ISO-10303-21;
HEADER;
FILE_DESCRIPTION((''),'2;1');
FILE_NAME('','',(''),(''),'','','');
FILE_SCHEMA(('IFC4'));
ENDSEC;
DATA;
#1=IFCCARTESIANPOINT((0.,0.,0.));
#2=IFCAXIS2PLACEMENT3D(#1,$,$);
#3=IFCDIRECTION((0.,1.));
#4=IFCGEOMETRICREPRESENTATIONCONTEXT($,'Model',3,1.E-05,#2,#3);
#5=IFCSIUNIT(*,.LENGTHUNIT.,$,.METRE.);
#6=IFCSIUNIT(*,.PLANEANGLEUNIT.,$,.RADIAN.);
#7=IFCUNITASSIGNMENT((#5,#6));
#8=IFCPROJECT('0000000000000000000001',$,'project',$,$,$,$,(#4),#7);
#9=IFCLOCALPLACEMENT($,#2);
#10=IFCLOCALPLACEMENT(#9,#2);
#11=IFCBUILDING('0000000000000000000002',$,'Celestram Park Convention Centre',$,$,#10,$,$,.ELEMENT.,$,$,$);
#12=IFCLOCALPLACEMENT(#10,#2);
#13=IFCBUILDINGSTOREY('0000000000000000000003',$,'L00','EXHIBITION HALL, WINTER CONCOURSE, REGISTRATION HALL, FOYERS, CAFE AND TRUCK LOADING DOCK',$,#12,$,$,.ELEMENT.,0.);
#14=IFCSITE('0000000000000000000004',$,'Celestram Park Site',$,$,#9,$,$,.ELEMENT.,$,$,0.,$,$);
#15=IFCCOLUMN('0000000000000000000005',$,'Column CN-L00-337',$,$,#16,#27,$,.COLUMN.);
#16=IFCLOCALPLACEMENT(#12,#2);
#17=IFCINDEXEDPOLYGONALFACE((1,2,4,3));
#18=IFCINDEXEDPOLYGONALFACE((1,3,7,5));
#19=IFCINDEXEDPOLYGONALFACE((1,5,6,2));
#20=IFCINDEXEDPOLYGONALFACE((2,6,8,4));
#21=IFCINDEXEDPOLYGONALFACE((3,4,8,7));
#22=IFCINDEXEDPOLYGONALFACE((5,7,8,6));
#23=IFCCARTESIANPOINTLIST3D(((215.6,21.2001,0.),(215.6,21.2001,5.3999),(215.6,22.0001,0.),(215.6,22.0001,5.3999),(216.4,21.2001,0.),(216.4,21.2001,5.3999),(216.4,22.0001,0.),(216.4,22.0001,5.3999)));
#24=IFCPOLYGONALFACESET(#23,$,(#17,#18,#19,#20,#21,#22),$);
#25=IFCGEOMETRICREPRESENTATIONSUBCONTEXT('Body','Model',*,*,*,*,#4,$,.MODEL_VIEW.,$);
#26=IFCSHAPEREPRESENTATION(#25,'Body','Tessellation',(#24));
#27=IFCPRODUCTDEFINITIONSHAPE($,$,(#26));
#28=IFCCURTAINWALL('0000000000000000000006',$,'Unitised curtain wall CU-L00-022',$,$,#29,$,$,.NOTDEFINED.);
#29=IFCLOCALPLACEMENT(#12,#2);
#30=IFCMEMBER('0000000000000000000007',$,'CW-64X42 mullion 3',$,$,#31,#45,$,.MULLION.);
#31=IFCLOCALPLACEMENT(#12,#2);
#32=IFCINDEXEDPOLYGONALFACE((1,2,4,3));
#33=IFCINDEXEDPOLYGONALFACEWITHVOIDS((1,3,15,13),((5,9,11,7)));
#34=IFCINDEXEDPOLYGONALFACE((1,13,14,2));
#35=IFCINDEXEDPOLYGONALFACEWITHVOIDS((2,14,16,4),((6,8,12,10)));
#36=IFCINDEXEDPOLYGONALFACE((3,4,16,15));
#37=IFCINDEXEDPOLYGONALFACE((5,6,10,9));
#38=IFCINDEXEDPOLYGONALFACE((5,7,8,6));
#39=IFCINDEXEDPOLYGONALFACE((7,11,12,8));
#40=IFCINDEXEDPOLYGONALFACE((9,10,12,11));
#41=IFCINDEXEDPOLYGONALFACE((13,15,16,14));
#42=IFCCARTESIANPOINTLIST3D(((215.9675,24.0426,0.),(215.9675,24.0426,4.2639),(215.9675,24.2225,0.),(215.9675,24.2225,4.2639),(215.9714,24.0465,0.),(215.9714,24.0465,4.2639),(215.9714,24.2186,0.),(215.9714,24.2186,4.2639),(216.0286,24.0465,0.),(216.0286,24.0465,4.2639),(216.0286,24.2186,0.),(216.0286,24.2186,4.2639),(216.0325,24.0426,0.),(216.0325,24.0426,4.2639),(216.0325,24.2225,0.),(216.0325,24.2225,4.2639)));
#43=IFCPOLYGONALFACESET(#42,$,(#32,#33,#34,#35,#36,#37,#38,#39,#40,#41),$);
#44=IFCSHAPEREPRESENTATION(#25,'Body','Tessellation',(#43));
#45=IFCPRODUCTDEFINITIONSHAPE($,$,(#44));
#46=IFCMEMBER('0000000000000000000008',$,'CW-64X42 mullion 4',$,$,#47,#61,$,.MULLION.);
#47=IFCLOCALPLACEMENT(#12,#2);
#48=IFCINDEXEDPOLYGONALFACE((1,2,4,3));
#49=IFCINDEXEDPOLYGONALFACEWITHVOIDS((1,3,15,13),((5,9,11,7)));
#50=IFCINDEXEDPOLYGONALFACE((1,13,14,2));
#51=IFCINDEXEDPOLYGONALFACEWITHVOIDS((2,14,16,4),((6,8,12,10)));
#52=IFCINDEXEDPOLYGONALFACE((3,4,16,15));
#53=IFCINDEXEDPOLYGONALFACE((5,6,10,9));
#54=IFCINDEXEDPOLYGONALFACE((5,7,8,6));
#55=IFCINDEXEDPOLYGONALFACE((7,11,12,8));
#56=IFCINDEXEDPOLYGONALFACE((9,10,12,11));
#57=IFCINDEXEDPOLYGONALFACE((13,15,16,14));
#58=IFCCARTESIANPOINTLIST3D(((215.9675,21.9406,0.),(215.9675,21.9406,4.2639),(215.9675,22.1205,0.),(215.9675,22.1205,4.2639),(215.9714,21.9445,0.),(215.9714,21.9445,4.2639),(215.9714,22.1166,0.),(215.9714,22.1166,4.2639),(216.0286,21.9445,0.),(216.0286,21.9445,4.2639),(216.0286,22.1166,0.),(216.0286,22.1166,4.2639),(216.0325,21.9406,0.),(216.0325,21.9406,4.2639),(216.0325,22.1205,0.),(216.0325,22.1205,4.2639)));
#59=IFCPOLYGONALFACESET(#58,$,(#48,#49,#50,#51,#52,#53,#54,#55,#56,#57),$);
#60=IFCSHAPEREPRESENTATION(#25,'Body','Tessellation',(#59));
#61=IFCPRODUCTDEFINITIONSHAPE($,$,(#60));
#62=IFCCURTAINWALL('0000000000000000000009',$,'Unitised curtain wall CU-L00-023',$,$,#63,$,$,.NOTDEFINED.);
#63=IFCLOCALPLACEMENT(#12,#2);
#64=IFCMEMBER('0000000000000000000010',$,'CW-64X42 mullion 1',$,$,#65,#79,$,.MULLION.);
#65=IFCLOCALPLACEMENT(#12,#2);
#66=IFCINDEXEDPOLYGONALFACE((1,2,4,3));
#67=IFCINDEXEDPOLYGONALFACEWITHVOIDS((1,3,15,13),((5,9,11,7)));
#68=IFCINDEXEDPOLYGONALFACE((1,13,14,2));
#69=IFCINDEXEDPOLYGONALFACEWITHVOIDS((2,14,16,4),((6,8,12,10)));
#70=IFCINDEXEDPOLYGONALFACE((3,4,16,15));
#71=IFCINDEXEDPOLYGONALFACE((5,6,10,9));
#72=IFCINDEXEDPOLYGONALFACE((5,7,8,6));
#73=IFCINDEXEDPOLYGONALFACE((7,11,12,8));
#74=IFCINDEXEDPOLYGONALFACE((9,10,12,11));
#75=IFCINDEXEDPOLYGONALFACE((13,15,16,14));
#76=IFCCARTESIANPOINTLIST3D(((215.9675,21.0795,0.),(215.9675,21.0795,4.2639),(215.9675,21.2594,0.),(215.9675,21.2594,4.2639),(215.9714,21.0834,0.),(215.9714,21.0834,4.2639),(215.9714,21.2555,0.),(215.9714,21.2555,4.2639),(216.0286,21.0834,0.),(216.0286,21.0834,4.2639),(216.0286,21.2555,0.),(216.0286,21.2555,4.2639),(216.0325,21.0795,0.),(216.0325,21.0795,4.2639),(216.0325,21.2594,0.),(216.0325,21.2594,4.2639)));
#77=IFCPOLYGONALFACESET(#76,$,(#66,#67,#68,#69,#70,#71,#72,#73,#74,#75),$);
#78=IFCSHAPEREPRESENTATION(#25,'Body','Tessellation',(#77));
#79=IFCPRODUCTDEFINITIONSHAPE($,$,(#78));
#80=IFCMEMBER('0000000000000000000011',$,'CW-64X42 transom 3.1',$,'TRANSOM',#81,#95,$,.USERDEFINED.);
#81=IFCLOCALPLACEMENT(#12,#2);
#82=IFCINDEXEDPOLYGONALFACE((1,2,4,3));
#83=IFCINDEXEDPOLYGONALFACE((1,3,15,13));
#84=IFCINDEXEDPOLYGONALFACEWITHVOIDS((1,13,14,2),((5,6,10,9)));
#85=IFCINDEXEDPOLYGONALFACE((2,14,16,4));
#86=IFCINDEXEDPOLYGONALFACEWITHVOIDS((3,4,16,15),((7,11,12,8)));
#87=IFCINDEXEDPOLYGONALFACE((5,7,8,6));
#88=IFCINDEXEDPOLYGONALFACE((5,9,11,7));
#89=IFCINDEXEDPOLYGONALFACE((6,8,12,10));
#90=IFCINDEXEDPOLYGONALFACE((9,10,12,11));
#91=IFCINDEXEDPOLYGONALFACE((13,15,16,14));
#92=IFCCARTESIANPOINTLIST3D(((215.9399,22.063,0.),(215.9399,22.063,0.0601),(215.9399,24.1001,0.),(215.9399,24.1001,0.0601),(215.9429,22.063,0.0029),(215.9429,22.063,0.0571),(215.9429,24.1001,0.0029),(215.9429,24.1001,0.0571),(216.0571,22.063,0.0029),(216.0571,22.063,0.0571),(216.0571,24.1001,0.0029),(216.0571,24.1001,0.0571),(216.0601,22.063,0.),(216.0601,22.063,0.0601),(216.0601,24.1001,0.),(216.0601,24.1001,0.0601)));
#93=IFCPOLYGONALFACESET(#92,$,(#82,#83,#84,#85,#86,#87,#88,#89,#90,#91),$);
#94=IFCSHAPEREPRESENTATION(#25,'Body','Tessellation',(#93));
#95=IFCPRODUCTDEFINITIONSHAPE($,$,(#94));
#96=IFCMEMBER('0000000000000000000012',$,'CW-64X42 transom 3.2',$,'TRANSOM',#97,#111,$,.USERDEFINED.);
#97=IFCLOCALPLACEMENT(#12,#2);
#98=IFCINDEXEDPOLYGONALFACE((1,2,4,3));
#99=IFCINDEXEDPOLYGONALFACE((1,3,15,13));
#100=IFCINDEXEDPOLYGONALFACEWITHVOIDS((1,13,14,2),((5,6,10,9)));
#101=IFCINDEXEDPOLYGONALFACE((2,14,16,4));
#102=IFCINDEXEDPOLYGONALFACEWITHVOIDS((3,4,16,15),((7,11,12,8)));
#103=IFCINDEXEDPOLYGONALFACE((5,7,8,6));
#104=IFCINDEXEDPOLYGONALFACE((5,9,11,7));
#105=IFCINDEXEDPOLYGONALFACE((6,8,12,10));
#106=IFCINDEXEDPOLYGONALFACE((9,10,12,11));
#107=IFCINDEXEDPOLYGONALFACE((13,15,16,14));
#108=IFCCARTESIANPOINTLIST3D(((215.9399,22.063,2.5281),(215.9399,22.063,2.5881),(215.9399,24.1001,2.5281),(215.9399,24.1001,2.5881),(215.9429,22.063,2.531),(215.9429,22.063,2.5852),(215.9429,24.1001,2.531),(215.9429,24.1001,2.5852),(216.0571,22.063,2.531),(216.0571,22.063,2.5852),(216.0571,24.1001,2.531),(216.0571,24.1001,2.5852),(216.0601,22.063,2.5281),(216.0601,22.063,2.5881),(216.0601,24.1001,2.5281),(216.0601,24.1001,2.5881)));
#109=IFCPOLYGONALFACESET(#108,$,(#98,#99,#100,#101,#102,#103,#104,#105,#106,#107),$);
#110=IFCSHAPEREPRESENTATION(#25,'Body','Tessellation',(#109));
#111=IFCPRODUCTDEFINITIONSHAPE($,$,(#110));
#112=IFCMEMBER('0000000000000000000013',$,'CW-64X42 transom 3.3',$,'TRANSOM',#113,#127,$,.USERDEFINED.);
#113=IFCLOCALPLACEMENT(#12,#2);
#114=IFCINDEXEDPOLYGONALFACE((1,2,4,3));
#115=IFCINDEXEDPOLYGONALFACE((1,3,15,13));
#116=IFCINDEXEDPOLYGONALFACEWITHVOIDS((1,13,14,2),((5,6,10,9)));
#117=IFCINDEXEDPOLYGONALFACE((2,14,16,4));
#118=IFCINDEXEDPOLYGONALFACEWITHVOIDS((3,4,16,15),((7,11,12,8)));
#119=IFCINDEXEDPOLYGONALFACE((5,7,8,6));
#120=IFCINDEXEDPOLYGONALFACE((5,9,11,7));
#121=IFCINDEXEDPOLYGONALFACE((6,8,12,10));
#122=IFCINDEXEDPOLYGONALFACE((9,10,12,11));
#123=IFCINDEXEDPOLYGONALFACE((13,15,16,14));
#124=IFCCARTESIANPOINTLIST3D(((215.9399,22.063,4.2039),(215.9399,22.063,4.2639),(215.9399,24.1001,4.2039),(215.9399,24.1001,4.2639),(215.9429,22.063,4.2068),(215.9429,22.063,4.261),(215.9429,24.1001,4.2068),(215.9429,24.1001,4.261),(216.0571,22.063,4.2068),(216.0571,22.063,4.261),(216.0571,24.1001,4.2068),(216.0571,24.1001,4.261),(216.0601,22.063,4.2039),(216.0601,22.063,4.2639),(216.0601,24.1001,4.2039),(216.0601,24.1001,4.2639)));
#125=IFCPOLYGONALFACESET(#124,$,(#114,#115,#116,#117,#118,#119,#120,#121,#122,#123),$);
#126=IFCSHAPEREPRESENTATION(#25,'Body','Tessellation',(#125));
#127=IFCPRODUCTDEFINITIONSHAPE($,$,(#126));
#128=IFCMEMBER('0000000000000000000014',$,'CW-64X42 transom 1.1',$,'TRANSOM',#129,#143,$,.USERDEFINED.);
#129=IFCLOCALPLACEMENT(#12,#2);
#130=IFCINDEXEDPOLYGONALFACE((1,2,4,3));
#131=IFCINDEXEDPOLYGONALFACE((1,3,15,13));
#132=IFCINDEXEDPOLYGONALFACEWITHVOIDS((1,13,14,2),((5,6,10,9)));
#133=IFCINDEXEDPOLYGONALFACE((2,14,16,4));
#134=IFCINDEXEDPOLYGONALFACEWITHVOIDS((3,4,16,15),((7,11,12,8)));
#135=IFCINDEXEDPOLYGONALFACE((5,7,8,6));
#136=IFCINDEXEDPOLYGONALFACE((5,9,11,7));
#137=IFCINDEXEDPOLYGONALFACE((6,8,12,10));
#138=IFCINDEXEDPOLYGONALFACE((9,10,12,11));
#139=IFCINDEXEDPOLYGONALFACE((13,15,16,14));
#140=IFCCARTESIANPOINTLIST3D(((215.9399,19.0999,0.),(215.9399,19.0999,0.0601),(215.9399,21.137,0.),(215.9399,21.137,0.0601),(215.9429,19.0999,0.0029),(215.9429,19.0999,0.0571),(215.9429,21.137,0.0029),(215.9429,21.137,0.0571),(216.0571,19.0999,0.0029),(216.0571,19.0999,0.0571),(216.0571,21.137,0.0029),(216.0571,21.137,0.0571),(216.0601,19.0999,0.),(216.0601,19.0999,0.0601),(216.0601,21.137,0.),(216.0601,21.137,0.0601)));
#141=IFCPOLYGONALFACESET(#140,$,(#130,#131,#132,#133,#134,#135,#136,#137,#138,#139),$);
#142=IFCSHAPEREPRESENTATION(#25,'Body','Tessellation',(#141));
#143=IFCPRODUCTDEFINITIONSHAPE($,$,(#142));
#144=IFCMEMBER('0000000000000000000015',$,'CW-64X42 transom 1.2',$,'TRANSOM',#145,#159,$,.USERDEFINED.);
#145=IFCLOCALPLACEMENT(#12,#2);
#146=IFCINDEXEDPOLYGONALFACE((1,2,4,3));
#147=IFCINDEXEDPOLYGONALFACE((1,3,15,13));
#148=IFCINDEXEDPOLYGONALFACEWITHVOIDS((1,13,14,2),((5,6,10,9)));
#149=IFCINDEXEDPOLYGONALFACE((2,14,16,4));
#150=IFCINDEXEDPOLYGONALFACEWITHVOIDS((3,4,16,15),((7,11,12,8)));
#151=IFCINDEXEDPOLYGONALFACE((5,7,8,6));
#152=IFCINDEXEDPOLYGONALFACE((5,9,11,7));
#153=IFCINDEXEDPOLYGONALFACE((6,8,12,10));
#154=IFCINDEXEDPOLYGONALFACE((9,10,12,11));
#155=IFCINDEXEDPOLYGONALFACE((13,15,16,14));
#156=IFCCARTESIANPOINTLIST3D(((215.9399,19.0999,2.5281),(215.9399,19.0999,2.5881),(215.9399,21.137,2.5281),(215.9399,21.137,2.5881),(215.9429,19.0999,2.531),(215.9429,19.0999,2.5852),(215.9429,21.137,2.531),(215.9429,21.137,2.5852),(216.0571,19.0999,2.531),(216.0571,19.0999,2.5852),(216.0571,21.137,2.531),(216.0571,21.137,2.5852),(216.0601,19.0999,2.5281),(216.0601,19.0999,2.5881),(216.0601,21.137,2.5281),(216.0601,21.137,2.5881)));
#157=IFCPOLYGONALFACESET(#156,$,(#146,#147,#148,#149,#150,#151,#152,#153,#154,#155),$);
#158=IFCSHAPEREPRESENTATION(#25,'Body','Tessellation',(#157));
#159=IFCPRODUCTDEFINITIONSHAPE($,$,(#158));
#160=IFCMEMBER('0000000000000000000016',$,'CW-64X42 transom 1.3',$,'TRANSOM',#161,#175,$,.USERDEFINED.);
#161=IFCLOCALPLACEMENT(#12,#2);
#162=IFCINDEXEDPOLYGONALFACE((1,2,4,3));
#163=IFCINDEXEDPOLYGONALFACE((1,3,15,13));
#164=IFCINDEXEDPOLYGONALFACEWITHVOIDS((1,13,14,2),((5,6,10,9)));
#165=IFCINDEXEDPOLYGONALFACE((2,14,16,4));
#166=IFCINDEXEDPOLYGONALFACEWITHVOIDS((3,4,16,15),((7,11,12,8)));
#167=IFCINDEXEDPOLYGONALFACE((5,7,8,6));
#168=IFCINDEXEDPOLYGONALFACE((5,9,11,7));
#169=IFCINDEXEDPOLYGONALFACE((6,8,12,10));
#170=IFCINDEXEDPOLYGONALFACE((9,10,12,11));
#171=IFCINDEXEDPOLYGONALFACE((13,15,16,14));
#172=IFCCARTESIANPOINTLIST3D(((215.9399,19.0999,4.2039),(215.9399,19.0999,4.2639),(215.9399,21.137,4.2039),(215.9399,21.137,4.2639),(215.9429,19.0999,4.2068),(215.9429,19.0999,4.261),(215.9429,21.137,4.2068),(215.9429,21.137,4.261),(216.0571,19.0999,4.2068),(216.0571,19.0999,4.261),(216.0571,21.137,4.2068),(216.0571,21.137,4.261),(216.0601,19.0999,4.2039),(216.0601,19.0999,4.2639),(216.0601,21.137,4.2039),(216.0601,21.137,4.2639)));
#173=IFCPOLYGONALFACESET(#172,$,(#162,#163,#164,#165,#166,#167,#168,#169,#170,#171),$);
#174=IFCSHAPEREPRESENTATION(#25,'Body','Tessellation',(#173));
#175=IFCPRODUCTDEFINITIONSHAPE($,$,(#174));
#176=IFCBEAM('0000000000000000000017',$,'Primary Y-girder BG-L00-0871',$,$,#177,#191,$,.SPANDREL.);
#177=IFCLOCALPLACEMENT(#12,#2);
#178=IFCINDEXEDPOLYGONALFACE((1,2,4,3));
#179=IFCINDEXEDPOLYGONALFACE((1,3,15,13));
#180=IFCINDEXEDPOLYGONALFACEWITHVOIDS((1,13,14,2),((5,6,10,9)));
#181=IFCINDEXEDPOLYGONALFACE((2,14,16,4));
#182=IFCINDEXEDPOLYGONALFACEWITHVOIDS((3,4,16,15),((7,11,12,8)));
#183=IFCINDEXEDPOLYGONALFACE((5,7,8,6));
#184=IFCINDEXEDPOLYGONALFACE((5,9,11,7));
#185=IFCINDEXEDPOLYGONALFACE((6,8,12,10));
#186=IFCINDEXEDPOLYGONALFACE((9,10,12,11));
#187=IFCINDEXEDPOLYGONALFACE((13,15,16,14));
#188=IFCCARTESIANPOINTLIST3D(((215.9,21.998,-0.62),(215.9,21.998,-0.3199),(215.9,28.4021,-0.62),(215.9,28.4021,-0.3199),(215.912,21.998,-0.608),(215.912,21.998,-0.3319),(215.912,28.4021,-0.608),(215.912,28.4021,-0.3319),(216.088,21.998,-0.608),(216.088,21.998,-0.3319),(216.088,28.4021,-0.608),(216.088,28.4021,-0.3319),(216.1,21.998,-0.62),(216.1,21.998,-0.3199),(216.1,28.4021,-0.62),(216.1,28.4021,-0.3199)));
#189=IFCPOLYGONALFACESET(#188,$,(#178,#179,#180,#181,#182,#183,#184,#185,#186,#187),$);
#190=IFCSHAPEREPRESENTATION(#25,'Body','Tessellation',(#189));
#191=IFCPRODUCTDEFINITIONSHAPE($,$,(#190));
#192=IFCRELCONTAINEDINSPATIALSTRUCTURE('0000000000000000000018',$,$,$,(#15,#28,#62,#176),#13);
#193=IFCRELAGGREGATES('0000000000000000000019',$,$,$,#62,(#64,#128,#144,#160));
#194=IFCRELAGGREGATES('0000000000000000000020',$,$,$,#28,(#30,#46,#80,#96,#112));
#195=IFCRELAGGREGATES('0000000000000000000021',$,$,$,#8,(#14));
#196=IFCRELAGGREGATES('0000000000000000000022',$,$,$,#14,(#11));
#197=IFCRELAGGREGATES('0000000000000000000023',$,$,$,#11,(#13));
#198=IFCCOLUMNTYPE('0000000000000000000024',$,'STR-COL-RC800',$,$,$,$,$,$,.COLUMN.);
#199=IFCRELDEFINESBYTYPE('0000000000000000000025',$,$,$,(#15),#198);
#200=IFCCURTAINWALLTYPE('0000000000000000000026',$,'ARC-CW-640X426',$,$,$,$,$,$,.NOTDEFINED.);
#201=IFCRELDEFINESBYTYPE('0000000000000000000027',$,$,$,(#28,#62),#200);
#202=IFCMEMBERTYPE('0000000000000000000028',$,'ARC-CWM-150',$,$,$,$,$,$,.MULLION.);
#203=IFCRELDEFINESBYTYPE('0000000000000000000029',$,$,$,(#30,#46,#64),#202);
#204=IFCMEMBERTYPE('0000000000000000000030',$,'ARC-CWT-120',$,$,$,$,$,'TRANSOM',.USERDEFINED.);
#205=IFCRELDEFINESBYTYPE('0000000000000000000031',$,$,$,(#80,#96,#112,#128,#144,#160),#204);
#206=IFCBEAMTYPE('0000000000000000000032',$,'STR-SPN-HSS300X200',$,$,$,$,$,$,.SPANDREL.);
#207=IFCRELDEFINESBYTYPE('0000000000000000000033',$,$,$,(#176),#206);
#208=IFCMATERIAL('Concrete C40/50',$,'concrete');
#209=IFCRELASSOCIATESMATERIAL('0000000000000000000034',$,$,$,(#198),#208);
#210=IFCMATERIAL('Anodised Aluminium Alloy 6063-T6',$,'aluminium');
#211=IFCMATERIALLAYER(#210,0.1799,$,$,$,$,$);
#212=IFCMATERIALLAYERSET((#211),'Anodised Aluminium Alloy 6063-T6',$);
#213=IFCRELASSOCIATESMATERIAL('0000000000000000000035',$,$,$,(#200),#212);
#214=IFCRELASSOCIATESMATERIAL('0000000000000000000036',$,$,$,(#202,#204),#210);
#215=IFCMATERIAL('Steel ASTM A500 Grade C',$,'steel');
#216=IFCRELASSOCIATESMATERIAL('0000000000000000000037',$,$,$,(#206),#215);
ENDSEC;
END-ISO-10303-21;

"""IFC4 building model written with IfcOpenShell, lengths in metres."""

from ifc_helpers import new_model, si_unit, direction, frame, origin, origin_2d, place, context, subcontext, project, spatial, rectangle, hollow_rectangle, extrude, material, layer, layer_set, material_profile, profile_set, type_object, element, aggregate, save


model = new_model("IFC4")

# Units and contexts
model_context = context("Model", 3, precision=1e-05, world=origin(), true_north=direction((0.0, 1.0)))
body_context = subcontext(model_context, "Body", "Model", "MODEL_VIEW")
ifc_project = project(units=[si_unit("LENGTHUNIT", "METRE"), si_unit("PLANEANGLEUNIT", "RADIAN")], contexts=[model_context])

# Site, building, storey
site_placement = place(None, origin())
site = spatial("IfcSite", under=ifc_project, at=site_placement, Name="Celestram Park Site", CompositionType="ELEMENT", RefElevation=0.0)
building_placement = place(site_placement, origin())
building = spatial("IfcBuilding", under=site, at=building_placement, Name="Celestram Park Convention Centre", CompositionType="ELEMENT")
storey_placement = place(building_placement, origin())
storey = spatial("IfcBuildingStorey", under=building, at=storey_placement, Name="L00", Description="EXHIBITION HALL, WINTER CONCOURSE, REGISTRATION HALL, FOYERS, CAFE AND TRUCK LOADING DOCK", CompositionType="ELEMENT", Elevation=0.0)

# Column
ifc_material_1 = material(Name="Concrete C40/50", Category="concrete")
ifc_material_profile_1 = material_profile(ifc_material_1, rectangle(XDim=0.8, YDim=0.8, at=origin_2d()), Name="RC800X800")
ifc_profile_set_1 = profile_set([ifc_material_profile_1], Name="Concrete C40/50")
column_type = type_object("IfcColumnType", Name="STR-COL-RC800", PredefinedType="COLUMN", material=ifc_profile_set_1)
column_placement = place(storey_placement, frame((216.0, 21.6001, 0.0), z_axis=(0.0, 0.0, 1.0), x_axis=(1.0, 0.0, 0.0)))
element("IfcColumn", 1, at=column_placement, inside=storey, type_object=column_type, Name="Column CN-L00-337", PredefinedType="COLUMN", context=body_context, shape_type="SweptSolid", body=[
    extrude(rectangle(XDim=0.8, YDim=0.8, at=origin_2d()), origin(), (0.0, 0.0, 1.0), 5.3999),
])

# Curtain wall, members
ifc_material_2 = material(Name="Anodised Aluminium Alloy 6063-T6", Category="aluminium")
ifc_layer_1 = layer(ifc_material_2, 0.1799)
ifc_layer_set_1 = layer_set([ifc_layer_1], Name="Anodised Aluminium Alloy 6063-T6")
curtain_wall_type = type_object("IfcCurtainWallType", Name="ARC-CW-640X426", PredefinedType="NOTDEFINED", material=ifc_layer_set_1)
curtain_wall_1_placement = place(storey_placement, origin())
curtain_wall_1 = element("IfcCurtainWall", 2, at=curtain_wall_1_placement, inside=storey, type_object=curtain_wall_type, Name="Unitised curtain wall CU-L00-022", PredefinedType="NOTDEFINED")
ifc_material_profile_2 = material_profile(ifc_material_2, hollow_rectangle(XDim=0.0649, YDim=0.1799, WallThickness=0.0039, at=origin_2d()), Name="ALU65X180X4")
ifc_profile_set_2 = profile_set([ifc_material_profile_2], Name="Anodised Aluminium Alloy 6063-T6")
member_type_1 = type_object("IfcMemberType", Name="ARC-CWM-150", PredefinedType="MULLION", material=ifc_profile_set_2)
member_1_placement = place(storey_placement, frame((216.0, 24.1326, 0.0), z_axis=(0.0, 0.0, 1.0), x_axis=(1.0, 0.0, 0.0)))
member_1 = element("IfcMember", 3, at=member_1_placement, type_object=member_type_1, Name="CW-64X42 mullion 3", PredefinedType="MULLION", context=body_context, shape_type="SweptSolid", body=[
    extrude(hollow_rectangle(XDim=0.0649, YDim=0.1799, WallThickness=0.0039, at=origin_2d()), origin(), (0.0, 0.0, 1.0), 4.2639),
])
member_2_placement = place(storey_placement, frame((216.0, 22.0305, 0.0), z_axis=(0.0, 0.0, 1.0), x_axis=(1.0, 0.0, 0.0)))
member_2 = element("IfcMember", 4, at=member_2_placement, type_object=member_type_1, Name="CW-64X42 mullion 4", PredefinedType="MULLION", context=body_context, shape_type="SweptSolid", body=[
    extrude(hollow_rectangle(XDim=0.0649, YDim=0.1799, WallThickness=0.0039, at=origin_2d()), origin(), (0.0, 0.0, 1.0), 4.2639),
])

# Curtain wall, member
curtain_wall_2_placement = place(storey_placement, origin())
curtain_wall_2 = element("IfcCurtainWall", 5, at=curtain_wall_2_placement, inside=storey, type_object=curtain_wall_type, Name="Unitised curtain wall CU-L00-023", PredefinedType="NOTDEFINED")
member_3_placement = place(storey_placement, frame((216.0, 21.1694, 0.0), z_axis=(0.0, 0.0, 1.0), x_axis=(1.0, 0.0, 0.0)))
member_3 = element("IfcMember", 6, at=member_3_placement, type_object=member_type_1, Name="CW-64X42 mullion 1", PredefinedType="MULLION", context=body_context, shape_type="SweptSolid", body=[
    extrude(hollow_rectangle(XDim=0.0649, YDim=0.1799, WallThickness=0.0039, at=origin_2d()), origin(), (0.0, 0.0, 1.0), 4.2639),
])

# Members
ifc_material_profile_3 = material_profile(ifc_material_2, hollow_rectangle(XDim=0.1201, YDim=0.0601, WallThickness=0.0029, at=origin_2d()), Name="ALU120X60X3")
ifc_profile_set_3 = profile_set([ifc_material_profile_3], Name="Anodised Aluminium Alloy 6063-T6")
member_type_2 = type_object("IfcMemberType", Name="ARC-CWT-120", ElementType="TRANSOM", PredefinedType="USERDEFINED", material=ifc_profile_set_3)
member_4_placement = place(storey_placement, frame((216.0, 24.1001, 0.03), z_axis=(0.0, -1.0, 0.0), x_axis=(1.0, 0.0, 0.0)))
member_4 = element("IfcMember", 7, at=member_4_placement, type_object=member_type_2, Name="CW-64X42 transom 3.1", ObjectType="TRANSOM", PredefinedType="USERDEFINED", context=body_context, shape_type="SweptSolid", body=[
    extrude(hollow_rectangle(XDim=0.1201, YDim=0.0601, WallThickness=0.0029, at=origin_2d()), origin(), (0.0, 0.0, 1.0), 2.0371),
])
member_5_placement = place(storey_placement, frame((216.0, 24.1001, 2.5581), z_axis=(0.0, -1.0, 0.0), x_axis=(1.0, 0.0, 0.0)))
member_5 = element("IfcMember", 8, at=member_5_placement, type_object=member_type_2, Name="CW-64X42 transom 3.2", ObjectType="TRANSOM", PredefinedType="USERDEFINED", context=body_context, shape_type="SweptSolid", body=[
    extrude(hollow_rectangle(XDim=0.1201, YDim=0.0601, WallThickness=0.0029, at=origin_2d()), origin(), (0.0, 0.0, 1.0), 2.0371),
])
member_6_placement = place(storey_placement, frame((216.0, 24.1001, 4.2339), z_axis=(0.0, -1.0, 0.0), x_axis=(1.0, 0.0, 0.0)))
member_6 = element("IfcMember", 9, at=member_6_placement, type_object=member_type_2, Name="CW-64X42 transom 3.3", ObjectType="TRANSOM", PredefinedType="USERDEFINED", context=body_context, shape_type="SweptSolid", body=[
    extrude(hollow_rectangle(XDim=0.1201, YDim=0.0601, WallThickness=0.0029, at=origin_2d()), origin(), (0.0, 0.0, 1.0), 2.0371),
])
member_7_placement = place(storey_placement, frame((216.0, 21.137, 0.03), z_axis=(0.0, -1.0, 0.0), x_axis=(1.0, 0.0, 0.0)))
member_7 = element("IfcMember", 10, at=member_7_placement, type_object=member_type_2, Name="CW-64X42 transom 1.1", ObjectType="TRANSOM", PredefinedType="USERDEFINED", context=body_context, shape_type="SweptSolid", body=[
    extrude(hollow_rectangle(XDim=0.1201, YDim=0.0601, WallThickness=0.0029, at=origin_2d()), origin(), (0.0, 0.0, 1.0), 2.0371),
])
member_8_placement = place(storey_placement, frame((216.0, 21.137, 2.5581), z_axis=(0.0, -1.0, 0.0), x_axis=(1.0, 0.0, 0.0)))
member_8 = element("IfcMember", 11, at=member_8_placement, type_object=member_type_2, Name="CW-64X42 transom 1.2", ObjectType="TRANSOM", PredefinedType="USERDEFINED", context=body_context, shape_type="SweptSolid", body=[
    extrude(hollow_rectangle(XDim=0.1201, YDim=0.0601, WallThickness=0.0029, at=origin_2d()), origin(), (0.0, 0.0, 1.0), 2.0371),
])
member_9_placement = place(storey_placement, frame((216.0, 21.137, 4.2339), z_axis=(0.0, -1.0, 0.0), x_axis=(1.0, 0.0, 0.0)))
member_9 = element("IfcMember", 12, at=member_9_placement, type_object=member_type_2, Name="CW-64X42 transom 1.3", ObjectType="TRANSOM", PredefinedType="USERDEFINED", context=body_context, shape_type="SweptSolid", body=[
    extrude(hollow_rectangle(XDim=0.1201, YDim=0.0601, WallThickness=0.0029, at=origin_2d()), origin(), (0.0, 0.0, 1.0), 2.0371),
])
aggregate(curtain_wall_2, [member_3, member_7, member_8, member_9])

# Beam
ifc_material_3 = material(Name="Steel ASTM A500 Grade C", Category="steel")
ifc_material_profile_4 = material_profile(ifc_material_3, hollow_rectangle(XDim=0.2, YDim=0.3, WallThickness=0.012, at=origin_2d()), Name="HSS300X200X12")
ifc_profile_set_4 = profile_set([ifc_material_profile_4], Name="Steel ASTM A500 Grade C")
beam_type = type_object("IfcBeamType", Name="STR-SPN-HSS300X200", PredefinedType="SPANDREL", material=ifc_profile_set_4)
beam_placement = place(storey_placement, frame((216.0, 21.998, -0.47), z_axis=(0.0, 1.0, 0.0), x_axis=(-1.0, 0.0, 0.0)))
element("IfcBeam", 13, at=beam_placement, inside=storey, type_object=beam_type, Name="Primary Y-girder BG-L00-0871", PredefinedType="SPANDREL", context=body_context, shape_type="SweptSolid", body=[
    extrude(hollow_rectangle(XDim=0.2, YDim=0.3, WallThickness=0.012, at=origin_2d()), origin(), (0.0, 0.0, 1.0), 6.4041),
])

aggregate(curtain_wall_1, [member_1, member_2, member_4, member_5, member_6])

save(model, "model.ifc")
